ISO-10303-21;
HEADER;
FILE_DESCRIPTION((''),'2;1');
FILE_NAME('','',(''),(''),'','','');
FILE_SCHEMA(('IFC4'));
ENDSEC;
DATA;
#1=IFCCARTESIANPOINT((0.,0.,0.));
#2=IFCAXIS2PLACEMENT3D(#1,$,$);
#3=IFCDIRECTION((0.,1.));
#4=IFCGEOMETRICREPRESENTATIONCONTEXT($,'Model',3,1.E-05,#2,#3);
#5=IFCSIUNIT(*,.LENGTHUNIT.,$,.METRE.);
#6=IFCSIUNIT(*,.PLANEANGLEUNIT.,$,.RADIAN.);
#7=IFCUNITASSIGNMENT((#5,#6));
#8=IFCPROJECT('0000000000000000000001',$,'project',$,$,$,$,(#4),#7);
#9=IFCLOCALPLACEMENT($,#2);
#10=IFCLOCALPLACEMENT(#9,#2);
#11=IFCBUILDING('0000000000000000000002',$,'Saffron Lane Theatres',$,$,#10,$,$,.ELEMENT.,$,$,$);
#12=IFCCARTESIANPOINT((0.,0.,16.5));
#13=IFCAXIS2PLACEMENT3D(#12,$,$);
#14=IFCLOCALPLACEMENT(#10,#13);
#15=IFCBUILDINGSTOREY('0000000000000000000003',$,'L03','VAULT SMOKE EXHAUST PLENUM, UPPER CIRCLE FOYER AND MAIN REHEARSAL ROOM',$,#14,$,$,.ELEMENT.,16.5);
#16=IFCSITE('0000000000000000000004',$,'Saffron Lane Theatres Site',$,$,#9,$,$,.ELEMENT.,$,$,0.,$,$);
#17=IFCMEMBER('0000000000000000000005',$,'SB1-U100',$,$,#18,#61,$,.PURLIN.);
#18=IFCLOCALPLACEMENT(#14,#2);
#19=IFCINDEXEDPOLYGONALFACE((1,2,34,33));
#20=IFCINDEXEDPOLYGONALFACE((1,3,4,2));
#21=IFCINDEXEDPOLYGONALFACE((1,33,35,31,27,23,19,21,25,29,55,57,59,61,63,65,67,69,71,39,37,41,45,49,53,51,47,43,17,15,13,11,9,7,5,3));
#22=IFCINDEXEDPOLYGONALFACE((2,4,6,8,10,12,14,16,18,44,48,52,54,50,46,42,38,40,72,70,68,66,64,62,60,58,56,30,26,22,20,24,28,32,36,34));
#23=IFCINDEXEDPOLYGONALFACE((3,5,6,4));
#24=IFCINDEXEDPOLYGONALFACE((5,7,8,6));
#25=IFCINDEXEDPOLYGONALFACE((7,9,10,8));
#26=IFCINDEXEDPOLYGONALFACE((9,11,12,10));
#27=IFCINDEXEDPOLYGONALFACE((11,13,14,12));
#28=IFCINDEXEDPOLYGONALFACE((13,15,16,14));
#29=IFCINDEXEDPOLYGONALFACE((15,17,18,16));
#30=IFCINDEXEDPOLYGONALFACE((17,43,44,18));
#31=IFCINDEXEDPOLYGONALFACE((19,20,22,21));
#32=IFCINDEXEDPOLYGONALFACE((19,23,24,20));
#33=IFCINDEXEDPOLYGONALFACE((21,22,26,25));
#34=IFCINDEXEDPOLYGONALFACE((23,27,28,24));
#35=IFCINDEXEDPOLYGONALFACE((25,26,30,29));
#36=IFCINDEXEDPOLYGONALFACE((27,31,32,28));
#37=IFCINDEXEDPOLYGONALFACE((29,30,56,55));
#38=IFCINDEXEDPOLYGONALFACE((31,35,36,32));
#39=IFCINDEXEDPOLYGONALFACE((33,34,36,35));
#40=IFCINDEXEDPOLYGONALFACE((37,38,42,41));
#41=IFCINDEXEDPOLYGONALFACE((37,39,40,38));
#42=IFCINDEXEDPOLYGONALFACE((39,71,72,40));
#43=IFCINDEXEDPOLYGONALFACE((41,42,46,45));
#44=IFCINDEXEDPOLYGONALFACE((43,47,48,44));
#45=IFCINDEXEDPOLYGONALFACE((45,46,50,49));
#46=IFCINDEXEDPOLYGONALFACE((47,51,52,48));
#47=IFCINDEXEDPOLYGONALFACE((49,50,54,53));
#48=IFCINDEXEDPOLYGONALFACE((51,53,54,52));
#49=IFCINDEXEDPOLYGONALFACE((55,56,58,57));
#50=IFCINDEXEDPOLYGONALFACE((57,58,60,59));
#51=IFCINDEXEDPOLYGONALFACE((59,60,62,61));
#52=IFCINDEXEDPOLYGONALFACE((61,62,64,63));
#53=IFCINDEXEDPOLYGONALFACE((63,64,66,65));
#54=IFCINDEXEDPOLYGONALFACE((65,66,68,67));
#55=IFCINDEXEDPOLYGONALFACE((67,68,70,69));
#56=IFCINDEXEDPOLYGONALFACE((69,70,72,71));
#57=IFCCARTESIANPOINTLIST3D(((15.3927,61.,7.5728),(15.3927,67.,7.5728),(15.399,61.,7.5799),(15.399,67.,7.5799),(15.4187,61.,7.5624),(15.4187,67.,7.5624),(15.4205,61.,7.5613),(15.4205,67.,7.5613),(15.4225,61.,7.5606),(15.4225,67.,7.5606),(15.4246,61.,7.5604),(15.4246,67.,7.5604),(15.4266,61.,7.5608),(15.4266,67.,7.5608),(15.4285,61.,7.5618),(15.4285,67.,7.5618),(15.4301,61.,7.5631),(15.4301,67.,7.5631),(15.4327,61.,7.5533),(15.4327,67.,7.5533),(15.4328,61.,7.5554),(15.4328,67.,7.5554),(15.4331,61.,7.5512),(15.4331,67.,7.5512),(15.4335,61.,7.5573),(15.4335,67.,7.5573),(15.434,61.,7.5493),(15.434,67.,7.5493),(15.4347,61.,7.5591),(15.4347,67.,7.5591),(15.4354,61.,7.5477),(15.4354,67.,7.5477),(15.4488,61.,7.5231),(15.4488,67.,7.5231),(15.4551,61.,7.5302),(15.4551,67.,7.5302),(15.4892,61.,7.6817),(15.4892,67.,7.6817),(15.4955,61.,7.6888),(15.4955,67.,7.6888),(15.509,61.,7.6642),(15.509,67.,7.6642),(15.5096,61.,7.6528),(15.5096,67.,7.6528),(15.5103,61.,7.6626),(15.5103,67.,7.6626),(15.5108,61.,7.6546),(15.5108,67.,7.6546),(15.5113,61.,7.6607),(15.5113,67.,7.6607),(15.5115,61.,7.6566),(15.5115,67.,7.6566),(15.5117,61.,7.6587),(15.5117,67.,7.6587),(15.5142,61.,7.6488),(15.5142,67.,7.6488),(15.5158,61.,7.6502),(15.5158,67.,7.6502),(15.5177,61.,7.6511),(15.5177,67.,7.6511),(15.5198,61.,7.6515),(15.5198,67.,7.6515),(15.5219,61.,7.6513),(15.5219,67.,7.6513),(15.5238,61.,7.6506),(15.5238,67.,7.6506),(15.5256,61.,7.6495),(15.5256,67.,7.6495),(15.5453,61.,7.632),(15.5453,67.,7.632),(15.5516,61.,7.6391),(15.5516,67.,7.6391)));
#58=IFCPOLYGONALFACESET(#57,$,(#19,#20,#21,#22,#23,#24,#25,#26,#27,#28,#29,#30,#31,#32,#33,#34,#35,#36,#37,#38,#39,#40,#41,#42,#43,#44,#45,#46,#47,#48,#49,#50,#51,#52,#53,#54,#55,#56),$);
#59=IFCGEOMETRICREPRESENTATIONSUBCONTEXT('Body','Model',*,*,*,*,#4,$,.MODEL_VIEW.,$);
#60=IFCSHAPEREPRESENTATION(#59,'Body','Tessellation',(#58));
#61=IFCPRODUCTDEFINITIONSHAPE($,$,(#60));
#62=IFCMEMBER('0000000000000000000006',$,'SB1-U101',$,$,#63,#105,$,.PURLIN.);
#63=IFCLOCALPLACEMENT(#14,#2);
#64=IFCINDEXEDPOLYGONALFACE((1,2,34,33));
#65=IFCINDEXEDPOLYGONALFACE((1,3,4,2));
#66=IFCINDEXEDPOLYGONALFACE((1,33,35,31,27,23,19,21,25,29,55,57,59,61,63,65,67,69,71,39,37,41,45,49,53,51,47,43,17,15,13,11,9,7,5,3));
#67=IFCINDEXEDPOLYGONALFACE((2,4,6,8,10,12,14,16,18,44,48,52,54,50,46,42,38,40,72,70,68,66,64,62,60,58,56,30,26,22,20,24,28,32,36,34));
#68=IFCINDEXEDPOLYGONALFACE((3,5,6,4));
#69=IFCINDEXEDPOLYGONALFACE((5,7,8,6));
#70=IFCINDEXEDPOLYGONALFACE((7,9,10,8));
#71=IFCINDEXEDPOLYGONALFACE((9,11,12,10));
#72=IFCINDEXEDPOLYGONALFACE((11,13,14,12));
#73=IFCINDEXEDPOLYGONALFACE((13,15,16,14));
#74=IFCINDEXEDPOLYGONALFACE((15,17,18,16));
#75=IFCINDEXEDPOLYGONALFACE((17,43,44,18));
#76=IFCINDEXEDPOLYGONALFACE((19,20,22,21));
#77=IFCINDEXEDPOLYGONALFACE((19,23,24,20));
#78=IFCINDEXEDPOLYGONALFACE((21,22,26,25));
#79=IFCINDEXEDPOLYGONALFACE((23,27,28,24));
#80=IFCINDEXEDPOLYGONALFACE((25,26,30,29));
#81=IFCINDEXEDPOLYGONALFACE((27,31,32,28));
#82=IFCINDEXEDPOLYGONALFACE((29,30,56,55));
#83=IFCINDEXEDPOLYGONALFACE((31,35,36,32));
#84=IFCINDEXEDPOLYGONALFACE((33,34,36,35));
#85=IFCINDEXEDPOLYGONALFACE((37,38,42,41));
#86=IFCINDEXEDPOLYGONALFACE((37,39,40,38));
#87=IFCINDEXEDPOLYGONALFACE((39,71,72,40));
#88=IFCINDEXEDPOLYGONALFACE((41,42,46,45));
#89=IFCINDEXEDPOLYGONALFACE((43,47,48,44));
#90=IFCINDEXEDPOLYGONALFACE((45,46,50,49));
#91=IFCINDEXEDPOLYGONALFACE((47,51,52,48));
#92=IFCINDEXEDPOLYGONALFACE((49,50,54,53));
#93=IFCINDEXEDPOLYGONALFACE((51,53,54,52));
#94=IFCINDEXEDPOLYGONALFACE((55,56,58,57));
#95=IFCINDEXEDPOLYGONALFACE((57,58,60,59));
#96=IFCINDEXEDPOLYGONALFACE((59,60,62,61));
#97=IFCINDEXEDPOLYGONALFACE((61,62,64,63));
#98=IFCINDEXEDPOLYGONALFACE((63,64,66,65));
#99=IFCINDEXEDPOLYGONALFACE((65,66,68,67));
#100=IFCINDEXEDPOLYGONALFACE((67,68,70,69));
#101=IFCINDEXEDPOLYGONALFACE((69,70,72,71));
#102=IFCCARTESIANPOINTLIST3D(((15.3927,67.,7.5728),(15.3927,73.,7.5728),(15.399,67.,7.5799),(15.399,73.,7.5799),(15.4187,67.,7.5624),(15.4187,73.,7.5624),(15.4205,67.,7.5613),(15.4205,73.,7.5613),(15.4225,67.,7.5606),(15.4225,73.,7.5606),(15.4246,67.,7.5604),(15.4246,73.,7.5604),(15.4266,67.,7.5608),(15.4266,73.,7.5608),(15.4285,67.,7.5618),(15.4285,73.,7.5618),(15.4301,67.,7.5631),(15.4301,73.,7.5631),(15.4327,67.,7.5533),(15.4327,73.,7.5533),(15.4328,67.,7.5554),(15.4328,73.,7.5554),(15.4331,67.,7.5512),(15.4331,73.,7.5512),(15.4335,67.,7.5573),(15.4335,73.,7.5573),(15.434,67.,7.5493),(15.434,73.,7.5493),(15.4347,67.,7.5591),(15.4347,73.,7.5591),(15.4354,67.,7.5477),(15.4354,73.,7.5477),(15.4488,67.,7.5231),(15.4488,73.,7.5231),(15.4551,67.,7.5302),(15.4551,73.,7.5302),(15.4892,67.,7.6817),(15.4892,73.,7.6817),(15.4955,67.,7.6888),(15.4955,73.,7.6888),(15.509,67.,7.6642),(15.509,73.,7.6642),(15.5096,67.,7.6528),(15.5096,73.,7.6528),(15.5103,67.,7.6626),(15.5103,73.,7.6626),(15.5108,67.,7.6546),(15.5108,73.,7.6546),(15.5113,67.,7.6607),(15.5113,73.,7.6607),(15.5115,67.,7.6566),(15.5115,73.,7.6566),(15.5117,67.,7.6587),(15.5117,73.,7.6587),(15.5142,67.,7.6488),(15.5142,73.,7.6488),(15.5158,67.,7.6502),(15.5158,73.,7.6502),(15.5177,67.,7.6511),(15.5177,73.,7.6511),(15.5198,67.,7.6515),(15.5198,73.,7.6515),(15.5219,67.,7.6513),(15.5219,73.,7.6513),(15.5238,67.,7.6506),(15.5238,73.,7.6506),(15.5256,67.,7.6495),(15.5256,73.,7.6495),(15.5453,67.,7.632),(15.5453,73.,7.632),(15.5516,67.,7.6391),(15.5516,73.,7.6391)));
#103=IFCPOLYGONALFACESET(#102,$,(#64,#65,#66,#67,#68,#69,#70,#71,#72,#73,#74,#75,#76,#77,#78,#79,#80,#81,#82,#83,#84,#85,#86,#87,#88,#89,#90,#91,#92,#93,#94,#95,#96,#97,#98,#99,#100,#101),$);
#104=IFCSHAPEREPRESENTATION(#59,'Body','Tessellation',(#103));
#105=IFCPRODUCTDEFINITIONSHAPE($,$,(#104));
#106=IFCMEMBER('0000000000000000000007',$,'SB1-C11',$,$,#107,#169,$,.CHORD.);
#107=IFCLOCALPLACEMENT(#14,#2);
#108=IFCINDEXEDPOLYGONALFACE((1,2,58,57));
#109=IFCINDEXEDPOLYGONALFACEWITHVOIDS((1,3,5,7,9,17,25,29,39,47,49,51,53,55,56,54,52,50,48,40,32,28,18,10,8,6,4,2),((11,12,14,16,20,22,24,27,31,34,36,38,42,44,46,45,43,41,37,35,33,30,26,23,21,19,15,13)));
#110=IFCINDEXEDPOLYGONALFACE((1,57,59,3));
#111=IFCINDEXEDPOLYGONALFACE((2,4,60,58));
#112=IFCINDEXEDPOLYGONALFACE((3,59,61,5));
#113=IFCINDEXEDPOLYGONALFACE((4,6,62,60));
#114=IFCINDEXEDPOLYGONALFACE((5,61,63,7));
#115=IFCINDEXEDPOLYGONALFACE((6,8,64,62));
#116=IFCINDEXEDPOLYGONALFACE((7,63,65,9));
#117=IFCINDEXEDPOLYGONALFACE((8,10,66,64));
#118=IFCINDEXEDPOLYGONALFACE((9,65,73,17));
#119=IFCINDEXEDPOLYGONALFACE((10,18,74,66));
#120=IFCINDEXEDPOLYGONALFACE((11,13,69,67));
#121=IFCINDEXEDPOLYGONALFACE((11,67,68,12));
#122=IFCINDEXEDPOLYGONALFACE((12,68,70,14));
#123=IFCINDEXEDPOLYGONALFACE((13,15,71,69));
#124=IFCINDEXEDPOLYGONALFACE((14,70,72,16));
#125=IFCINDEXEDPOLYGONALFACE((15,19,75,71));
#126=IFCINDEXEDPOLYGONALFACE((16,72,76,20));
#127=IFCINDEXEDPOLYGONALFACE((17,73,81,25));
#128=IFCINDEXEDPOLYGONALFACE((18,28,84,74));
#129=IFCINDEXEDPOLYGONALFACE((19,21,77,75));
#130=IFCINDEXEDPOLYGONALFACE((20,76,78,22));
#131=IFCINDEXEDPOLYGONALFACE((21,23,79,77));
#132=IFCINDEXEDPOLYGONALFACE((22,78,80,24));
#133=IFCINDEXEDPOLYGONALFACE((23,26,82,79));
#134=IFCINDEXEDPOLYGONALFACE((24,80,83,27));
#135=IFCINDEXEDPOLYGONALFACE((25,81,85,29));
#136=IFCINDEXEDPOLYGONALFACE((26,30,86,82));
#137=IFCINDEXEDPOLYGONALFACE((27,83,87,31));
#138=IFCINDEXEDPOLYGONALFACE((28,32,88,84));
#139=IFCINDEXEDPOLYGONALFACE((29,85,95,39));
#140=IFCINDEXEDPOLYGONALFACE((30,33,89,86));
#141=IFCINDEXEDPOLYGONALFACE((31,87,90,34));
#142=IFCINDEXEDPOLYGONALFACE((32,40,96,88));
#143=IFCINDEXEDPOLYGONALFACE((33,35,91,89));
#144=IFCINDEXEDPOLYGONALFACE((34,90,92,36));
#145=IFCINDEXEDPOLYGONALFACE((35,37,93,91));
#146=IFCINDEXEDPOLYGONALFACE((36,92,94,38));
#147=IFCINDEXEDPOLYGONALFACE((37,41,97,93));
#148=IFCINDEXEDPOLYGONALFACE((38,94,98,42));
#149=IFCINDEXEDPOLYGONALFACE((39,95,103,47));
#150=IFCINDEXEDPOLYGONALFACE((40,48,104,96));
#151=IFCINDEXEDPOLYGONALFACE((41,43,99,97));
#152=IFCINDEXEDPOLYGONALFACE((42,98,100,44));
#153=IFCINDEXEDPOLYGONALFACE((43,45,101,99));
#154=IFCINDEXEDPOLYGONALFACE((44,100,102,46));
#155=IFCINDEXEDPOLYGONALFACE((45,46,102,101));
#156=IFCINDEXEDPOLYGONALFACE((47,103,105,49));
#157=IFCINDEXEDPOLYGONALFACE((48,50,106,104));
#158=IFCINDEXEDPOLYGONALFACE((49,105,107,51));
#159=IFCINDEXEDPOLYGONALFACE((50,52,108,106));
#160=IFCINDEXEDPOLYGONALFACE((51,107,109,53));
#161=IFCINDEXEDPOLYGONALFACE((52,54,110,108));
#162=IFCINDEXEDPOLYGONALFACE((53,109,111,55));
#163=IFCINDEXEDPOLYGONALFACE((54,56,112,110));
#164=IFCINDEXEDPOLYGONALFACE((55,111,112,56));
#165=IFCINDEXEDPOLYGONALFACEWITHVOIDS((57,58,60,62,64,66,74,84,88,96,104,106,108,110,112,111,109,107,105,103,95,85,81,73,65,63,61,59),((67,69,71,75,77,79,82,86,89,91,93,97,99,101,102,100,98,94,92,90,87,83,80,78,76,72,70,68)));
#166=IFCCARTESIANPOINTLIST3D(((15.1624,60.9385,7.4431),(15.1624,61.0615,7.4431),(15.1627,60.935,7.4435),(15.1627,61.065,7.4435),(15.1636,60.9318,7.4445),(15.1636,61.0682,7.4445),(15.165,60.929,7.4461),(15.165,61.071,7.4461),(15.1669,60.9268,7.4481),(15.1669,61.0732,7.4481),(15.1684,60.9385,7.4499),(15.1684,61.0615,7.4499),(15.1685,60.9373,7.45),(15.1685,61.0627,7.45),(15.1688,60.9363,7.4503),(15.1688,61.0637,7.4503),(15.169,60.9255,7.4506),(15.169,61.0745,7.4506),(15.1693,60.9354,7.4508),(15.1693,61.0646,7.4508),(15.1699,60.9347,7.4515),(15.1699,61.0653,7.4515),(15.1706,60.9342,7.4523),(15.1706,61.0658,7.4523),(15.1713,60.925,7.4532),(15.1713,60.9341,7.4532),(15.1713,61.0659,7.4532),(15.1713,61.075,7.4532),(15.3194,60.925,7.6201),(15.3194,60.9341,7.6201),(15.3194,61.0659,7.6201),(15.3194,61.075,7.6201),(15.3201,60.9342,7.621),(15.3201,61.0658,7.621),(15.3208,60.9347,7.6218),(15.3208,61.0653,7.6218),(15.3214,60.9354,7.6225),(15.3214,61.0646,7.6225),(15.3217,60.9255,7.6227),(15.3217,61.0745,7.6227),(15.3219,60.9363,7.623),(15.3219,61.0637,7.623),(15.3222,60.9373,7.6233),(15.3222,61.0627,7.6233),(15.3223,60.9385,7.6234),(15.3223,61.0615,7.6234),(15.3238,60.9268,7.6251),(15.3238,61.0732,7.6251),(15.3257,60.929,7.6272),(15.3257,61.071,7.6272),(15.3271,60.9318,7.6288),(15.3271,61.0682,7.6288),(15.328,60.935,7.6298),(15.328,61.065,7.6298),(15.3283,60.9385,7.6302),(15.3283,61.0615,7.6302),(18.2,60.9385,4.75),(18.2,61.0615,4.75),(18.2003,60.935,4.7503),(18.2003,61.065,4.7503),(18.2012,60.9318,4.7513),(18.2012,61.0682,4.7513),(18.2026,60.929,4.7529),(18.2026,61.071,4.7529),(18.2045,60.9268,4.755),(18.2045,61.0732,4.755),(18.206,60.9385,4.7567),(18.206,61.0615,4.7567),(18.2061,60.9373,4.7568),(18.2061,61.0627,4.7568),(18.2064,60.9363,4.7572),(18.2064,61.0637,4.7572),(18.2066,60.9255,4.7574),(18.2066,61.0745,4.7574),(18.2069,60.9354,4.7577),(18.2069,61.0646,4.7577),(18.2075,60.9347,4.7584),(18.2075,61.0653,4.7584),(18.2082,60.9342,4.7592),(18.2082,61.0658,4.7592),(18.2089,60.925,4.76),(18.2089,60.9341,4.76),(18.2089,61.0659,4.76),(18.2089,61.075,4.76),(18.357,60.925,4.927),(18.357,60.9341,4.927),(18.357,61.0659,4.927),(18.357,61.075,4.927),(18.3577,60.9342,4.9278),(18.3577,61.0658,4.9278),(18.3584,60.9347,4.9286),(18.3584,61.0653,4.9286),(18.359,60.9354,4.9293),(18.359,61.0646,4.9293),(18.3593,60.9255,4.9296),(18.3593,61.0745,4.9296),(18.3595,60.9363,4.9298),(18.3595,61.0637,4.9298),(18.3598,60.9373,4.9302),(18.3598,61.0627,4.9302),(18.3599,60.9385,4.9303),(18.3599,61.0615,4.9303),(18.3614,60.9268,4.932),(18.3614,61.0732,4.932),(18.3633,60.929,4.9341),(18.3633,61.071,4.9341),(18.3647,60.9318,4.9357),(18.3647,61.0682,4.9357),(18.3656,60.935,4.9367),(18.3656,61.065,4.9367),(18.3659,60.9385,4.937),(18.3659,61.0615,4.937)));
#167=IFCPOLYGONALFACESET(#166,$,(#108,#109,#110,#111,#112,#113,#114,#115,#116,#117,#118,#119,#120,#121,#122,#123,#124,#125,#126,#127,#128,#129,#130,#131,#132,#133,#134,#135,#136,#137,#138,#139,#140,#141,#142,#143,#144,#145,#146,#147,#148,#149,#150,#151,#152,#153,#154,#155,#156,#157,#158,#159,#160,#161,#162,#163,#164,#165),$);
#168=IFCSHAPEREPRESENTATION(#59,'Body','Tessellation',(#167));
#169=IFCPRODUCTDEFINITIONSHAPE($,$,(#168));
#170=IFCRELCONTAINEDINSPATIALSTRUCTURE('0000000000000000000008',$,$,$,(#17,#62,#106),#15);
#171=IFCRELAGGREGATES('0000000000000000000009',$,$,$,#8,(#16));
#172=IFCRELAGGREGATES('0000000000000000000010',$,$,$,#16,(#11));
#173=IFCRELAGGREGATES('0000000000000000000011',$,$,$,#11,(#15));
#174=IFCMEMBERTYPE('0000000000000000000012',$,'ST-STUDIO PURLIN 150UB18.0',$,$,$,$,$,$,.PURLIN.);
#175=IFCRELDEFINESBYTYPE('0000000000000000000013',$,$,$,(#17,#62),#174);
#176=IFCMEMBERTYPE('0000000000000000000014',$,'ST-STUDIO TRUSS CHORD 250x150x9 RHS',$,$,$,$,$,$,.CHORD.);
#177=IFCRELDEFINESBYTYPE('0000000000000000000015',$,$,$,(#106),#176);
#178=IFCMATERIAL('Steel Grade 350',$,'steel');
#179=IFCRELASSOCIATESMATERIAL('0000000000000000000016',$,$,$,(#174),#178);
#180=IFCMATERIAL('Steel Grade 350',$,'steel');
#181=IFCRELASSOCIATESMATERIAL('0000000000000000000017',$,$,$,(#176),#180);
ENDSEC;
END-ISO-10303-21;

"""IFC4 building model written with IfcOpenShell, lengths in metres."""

from ifc_helpers import new_model, si_unit, direction, frame, origin, origin_2d, place, context, subcontext, project, spatial, hollow_rectangle, i_section, extrude, material, material_profile, profile_set, type_object, element, save


model = new_model("IFC4")

# Units and contexts
model_context = context("Model", 3, precision=1e-05, world=origin(), true_north=direction((0.0, 1.0)))
body_context = subcontext(model_context, "Body", "Model", "MODEL_VIEW")
ifc_project = project(units=[si_unit("LENGTHUNIT", "METRE"), si_unit("PLANEANGLEUNIT", "RADIAN")], contexts=[model_context])

# Site, building, storey
site_placement = place(None, origin())
site = spatial("IfcSite", under=ifc_project, at=site_placement, Name="Saffron Lane Theatres Site", CompositionType="ELEMENT", RefElevation=0.0)
building_placement = place(site_placement, origin())
building = spatial("IfcBuilding", under=site, at=building_placement, Name="Saffron Lane Theatres", CompositionType="ELEMENT")
storey_placement = place(building_placement, frame((0.0, 0.0, 16.5)))
storey = spatial("IfcBuildingStorey", under=building, at=storey_placement, Name="L03", Description="VAULT SMOKE EXHAUST PLENUM, UPPER CIRCLE FOYER AND MAIN REHEARSAL ROOM", CompositionType="ELEMENT", Elevation=16.5)

# Members
ifc_material_1 = material(Name="Steel Grade 350", Category="steel")
ifc_material_profile_1 = material_profile(ifc_material_1, i_section(OverallWidth=0.075, OverallDepth=0.155, WebThickness=0.0061, FlangeThickness=0.0095, FilletRadius=0.0081, at=origin_2d()))
ifc_profile_set_1 = profile_set([ifc_material_profile_1], Name="Steel Grade 350")
member_type_1 = type_object("IfcMemberType", Name="ST-STUDIO PURLIN 150UB18.0", PredefinedType="PURLIN", material=ifc_profile_set_1)
for number, where, z_axis, x_axis, name in (
    (1, (15.4722, 61.0, 7.606), (0.0, 1.0, 0.0), (-0.748269, 0.0, 0.663396), "SB1-U100"),
    (2, (15.4722, 67.0, 7.606), (0.0, 1.0, 0.0), (-0.748269, 0.0, 0.663396), "SB1-U101"),
):
    element("IfcMember", number, at=place(storey_placement, frame(where, z_axis=z_axis, x_axis=x_axis)), inside=storey, type_object=member_type_1, Name=name, PredefinedType="PURLIN", context=body_context, shape_type="SweptSolid", body=[
        extrude(i_section(OverallWidth=0.075, OverallDepth=0.155, WebThickness=0.0061, FlangeThickness=0.0095, FilletRadius=0.0081, at=origin_2d()), origin(), (0.0, 0.0, 1.0), 6.0),
    ])
ifc_material_2 = material(Name="Steel Grade 350", Category="steel")
ifc_material_profile_2 = material_profile(ifc_material_2, hollow_rectangle(XDim=0.1499, YDim=0.25, WallThickness=0.009, InnerFilletRadius=0.0044, OuterFilletRadius=0.0134, at=origin_2d()))
ifc_profile_set_2 = profile_set([ifc_material_profile_2], Name="Steel Grade 350")
member_type_2 = type_object("IfcMemberType", Name="ST-STUDIO TRUSS CHORD 250x150x9 RHS", PredefinedType="CHORD", material=ifc_profile_set_2)
for number, where, z_axis, x_axis, name in (
    (3, (18.283, 61.0, 4.8435), (-0.748261, 0.0, 0.663404), (0.0, -1.0, 0.0), "SB1-C11"),
):
    element("IfcMember", number, at=place(storey_placement, frame(where, z_axis=z_axis, x_axis=x_axis)), inside=storey, type_object=member_type_2, Name=name, PredefinedType="CHORD", context=body_context, shape_type="SweptSolid", body=[
        extrude(hollow_rectangle(XDim=0.1499, YDim=0.25, WallThickness=0.009, InnerFilletRadius=0.0044, OuterFilletRadius=0.0134, at=origin_2d()), origin(), (0.0, 0.0, 1.0), 4.0596),
    ])

save(model, "model.ifc")
